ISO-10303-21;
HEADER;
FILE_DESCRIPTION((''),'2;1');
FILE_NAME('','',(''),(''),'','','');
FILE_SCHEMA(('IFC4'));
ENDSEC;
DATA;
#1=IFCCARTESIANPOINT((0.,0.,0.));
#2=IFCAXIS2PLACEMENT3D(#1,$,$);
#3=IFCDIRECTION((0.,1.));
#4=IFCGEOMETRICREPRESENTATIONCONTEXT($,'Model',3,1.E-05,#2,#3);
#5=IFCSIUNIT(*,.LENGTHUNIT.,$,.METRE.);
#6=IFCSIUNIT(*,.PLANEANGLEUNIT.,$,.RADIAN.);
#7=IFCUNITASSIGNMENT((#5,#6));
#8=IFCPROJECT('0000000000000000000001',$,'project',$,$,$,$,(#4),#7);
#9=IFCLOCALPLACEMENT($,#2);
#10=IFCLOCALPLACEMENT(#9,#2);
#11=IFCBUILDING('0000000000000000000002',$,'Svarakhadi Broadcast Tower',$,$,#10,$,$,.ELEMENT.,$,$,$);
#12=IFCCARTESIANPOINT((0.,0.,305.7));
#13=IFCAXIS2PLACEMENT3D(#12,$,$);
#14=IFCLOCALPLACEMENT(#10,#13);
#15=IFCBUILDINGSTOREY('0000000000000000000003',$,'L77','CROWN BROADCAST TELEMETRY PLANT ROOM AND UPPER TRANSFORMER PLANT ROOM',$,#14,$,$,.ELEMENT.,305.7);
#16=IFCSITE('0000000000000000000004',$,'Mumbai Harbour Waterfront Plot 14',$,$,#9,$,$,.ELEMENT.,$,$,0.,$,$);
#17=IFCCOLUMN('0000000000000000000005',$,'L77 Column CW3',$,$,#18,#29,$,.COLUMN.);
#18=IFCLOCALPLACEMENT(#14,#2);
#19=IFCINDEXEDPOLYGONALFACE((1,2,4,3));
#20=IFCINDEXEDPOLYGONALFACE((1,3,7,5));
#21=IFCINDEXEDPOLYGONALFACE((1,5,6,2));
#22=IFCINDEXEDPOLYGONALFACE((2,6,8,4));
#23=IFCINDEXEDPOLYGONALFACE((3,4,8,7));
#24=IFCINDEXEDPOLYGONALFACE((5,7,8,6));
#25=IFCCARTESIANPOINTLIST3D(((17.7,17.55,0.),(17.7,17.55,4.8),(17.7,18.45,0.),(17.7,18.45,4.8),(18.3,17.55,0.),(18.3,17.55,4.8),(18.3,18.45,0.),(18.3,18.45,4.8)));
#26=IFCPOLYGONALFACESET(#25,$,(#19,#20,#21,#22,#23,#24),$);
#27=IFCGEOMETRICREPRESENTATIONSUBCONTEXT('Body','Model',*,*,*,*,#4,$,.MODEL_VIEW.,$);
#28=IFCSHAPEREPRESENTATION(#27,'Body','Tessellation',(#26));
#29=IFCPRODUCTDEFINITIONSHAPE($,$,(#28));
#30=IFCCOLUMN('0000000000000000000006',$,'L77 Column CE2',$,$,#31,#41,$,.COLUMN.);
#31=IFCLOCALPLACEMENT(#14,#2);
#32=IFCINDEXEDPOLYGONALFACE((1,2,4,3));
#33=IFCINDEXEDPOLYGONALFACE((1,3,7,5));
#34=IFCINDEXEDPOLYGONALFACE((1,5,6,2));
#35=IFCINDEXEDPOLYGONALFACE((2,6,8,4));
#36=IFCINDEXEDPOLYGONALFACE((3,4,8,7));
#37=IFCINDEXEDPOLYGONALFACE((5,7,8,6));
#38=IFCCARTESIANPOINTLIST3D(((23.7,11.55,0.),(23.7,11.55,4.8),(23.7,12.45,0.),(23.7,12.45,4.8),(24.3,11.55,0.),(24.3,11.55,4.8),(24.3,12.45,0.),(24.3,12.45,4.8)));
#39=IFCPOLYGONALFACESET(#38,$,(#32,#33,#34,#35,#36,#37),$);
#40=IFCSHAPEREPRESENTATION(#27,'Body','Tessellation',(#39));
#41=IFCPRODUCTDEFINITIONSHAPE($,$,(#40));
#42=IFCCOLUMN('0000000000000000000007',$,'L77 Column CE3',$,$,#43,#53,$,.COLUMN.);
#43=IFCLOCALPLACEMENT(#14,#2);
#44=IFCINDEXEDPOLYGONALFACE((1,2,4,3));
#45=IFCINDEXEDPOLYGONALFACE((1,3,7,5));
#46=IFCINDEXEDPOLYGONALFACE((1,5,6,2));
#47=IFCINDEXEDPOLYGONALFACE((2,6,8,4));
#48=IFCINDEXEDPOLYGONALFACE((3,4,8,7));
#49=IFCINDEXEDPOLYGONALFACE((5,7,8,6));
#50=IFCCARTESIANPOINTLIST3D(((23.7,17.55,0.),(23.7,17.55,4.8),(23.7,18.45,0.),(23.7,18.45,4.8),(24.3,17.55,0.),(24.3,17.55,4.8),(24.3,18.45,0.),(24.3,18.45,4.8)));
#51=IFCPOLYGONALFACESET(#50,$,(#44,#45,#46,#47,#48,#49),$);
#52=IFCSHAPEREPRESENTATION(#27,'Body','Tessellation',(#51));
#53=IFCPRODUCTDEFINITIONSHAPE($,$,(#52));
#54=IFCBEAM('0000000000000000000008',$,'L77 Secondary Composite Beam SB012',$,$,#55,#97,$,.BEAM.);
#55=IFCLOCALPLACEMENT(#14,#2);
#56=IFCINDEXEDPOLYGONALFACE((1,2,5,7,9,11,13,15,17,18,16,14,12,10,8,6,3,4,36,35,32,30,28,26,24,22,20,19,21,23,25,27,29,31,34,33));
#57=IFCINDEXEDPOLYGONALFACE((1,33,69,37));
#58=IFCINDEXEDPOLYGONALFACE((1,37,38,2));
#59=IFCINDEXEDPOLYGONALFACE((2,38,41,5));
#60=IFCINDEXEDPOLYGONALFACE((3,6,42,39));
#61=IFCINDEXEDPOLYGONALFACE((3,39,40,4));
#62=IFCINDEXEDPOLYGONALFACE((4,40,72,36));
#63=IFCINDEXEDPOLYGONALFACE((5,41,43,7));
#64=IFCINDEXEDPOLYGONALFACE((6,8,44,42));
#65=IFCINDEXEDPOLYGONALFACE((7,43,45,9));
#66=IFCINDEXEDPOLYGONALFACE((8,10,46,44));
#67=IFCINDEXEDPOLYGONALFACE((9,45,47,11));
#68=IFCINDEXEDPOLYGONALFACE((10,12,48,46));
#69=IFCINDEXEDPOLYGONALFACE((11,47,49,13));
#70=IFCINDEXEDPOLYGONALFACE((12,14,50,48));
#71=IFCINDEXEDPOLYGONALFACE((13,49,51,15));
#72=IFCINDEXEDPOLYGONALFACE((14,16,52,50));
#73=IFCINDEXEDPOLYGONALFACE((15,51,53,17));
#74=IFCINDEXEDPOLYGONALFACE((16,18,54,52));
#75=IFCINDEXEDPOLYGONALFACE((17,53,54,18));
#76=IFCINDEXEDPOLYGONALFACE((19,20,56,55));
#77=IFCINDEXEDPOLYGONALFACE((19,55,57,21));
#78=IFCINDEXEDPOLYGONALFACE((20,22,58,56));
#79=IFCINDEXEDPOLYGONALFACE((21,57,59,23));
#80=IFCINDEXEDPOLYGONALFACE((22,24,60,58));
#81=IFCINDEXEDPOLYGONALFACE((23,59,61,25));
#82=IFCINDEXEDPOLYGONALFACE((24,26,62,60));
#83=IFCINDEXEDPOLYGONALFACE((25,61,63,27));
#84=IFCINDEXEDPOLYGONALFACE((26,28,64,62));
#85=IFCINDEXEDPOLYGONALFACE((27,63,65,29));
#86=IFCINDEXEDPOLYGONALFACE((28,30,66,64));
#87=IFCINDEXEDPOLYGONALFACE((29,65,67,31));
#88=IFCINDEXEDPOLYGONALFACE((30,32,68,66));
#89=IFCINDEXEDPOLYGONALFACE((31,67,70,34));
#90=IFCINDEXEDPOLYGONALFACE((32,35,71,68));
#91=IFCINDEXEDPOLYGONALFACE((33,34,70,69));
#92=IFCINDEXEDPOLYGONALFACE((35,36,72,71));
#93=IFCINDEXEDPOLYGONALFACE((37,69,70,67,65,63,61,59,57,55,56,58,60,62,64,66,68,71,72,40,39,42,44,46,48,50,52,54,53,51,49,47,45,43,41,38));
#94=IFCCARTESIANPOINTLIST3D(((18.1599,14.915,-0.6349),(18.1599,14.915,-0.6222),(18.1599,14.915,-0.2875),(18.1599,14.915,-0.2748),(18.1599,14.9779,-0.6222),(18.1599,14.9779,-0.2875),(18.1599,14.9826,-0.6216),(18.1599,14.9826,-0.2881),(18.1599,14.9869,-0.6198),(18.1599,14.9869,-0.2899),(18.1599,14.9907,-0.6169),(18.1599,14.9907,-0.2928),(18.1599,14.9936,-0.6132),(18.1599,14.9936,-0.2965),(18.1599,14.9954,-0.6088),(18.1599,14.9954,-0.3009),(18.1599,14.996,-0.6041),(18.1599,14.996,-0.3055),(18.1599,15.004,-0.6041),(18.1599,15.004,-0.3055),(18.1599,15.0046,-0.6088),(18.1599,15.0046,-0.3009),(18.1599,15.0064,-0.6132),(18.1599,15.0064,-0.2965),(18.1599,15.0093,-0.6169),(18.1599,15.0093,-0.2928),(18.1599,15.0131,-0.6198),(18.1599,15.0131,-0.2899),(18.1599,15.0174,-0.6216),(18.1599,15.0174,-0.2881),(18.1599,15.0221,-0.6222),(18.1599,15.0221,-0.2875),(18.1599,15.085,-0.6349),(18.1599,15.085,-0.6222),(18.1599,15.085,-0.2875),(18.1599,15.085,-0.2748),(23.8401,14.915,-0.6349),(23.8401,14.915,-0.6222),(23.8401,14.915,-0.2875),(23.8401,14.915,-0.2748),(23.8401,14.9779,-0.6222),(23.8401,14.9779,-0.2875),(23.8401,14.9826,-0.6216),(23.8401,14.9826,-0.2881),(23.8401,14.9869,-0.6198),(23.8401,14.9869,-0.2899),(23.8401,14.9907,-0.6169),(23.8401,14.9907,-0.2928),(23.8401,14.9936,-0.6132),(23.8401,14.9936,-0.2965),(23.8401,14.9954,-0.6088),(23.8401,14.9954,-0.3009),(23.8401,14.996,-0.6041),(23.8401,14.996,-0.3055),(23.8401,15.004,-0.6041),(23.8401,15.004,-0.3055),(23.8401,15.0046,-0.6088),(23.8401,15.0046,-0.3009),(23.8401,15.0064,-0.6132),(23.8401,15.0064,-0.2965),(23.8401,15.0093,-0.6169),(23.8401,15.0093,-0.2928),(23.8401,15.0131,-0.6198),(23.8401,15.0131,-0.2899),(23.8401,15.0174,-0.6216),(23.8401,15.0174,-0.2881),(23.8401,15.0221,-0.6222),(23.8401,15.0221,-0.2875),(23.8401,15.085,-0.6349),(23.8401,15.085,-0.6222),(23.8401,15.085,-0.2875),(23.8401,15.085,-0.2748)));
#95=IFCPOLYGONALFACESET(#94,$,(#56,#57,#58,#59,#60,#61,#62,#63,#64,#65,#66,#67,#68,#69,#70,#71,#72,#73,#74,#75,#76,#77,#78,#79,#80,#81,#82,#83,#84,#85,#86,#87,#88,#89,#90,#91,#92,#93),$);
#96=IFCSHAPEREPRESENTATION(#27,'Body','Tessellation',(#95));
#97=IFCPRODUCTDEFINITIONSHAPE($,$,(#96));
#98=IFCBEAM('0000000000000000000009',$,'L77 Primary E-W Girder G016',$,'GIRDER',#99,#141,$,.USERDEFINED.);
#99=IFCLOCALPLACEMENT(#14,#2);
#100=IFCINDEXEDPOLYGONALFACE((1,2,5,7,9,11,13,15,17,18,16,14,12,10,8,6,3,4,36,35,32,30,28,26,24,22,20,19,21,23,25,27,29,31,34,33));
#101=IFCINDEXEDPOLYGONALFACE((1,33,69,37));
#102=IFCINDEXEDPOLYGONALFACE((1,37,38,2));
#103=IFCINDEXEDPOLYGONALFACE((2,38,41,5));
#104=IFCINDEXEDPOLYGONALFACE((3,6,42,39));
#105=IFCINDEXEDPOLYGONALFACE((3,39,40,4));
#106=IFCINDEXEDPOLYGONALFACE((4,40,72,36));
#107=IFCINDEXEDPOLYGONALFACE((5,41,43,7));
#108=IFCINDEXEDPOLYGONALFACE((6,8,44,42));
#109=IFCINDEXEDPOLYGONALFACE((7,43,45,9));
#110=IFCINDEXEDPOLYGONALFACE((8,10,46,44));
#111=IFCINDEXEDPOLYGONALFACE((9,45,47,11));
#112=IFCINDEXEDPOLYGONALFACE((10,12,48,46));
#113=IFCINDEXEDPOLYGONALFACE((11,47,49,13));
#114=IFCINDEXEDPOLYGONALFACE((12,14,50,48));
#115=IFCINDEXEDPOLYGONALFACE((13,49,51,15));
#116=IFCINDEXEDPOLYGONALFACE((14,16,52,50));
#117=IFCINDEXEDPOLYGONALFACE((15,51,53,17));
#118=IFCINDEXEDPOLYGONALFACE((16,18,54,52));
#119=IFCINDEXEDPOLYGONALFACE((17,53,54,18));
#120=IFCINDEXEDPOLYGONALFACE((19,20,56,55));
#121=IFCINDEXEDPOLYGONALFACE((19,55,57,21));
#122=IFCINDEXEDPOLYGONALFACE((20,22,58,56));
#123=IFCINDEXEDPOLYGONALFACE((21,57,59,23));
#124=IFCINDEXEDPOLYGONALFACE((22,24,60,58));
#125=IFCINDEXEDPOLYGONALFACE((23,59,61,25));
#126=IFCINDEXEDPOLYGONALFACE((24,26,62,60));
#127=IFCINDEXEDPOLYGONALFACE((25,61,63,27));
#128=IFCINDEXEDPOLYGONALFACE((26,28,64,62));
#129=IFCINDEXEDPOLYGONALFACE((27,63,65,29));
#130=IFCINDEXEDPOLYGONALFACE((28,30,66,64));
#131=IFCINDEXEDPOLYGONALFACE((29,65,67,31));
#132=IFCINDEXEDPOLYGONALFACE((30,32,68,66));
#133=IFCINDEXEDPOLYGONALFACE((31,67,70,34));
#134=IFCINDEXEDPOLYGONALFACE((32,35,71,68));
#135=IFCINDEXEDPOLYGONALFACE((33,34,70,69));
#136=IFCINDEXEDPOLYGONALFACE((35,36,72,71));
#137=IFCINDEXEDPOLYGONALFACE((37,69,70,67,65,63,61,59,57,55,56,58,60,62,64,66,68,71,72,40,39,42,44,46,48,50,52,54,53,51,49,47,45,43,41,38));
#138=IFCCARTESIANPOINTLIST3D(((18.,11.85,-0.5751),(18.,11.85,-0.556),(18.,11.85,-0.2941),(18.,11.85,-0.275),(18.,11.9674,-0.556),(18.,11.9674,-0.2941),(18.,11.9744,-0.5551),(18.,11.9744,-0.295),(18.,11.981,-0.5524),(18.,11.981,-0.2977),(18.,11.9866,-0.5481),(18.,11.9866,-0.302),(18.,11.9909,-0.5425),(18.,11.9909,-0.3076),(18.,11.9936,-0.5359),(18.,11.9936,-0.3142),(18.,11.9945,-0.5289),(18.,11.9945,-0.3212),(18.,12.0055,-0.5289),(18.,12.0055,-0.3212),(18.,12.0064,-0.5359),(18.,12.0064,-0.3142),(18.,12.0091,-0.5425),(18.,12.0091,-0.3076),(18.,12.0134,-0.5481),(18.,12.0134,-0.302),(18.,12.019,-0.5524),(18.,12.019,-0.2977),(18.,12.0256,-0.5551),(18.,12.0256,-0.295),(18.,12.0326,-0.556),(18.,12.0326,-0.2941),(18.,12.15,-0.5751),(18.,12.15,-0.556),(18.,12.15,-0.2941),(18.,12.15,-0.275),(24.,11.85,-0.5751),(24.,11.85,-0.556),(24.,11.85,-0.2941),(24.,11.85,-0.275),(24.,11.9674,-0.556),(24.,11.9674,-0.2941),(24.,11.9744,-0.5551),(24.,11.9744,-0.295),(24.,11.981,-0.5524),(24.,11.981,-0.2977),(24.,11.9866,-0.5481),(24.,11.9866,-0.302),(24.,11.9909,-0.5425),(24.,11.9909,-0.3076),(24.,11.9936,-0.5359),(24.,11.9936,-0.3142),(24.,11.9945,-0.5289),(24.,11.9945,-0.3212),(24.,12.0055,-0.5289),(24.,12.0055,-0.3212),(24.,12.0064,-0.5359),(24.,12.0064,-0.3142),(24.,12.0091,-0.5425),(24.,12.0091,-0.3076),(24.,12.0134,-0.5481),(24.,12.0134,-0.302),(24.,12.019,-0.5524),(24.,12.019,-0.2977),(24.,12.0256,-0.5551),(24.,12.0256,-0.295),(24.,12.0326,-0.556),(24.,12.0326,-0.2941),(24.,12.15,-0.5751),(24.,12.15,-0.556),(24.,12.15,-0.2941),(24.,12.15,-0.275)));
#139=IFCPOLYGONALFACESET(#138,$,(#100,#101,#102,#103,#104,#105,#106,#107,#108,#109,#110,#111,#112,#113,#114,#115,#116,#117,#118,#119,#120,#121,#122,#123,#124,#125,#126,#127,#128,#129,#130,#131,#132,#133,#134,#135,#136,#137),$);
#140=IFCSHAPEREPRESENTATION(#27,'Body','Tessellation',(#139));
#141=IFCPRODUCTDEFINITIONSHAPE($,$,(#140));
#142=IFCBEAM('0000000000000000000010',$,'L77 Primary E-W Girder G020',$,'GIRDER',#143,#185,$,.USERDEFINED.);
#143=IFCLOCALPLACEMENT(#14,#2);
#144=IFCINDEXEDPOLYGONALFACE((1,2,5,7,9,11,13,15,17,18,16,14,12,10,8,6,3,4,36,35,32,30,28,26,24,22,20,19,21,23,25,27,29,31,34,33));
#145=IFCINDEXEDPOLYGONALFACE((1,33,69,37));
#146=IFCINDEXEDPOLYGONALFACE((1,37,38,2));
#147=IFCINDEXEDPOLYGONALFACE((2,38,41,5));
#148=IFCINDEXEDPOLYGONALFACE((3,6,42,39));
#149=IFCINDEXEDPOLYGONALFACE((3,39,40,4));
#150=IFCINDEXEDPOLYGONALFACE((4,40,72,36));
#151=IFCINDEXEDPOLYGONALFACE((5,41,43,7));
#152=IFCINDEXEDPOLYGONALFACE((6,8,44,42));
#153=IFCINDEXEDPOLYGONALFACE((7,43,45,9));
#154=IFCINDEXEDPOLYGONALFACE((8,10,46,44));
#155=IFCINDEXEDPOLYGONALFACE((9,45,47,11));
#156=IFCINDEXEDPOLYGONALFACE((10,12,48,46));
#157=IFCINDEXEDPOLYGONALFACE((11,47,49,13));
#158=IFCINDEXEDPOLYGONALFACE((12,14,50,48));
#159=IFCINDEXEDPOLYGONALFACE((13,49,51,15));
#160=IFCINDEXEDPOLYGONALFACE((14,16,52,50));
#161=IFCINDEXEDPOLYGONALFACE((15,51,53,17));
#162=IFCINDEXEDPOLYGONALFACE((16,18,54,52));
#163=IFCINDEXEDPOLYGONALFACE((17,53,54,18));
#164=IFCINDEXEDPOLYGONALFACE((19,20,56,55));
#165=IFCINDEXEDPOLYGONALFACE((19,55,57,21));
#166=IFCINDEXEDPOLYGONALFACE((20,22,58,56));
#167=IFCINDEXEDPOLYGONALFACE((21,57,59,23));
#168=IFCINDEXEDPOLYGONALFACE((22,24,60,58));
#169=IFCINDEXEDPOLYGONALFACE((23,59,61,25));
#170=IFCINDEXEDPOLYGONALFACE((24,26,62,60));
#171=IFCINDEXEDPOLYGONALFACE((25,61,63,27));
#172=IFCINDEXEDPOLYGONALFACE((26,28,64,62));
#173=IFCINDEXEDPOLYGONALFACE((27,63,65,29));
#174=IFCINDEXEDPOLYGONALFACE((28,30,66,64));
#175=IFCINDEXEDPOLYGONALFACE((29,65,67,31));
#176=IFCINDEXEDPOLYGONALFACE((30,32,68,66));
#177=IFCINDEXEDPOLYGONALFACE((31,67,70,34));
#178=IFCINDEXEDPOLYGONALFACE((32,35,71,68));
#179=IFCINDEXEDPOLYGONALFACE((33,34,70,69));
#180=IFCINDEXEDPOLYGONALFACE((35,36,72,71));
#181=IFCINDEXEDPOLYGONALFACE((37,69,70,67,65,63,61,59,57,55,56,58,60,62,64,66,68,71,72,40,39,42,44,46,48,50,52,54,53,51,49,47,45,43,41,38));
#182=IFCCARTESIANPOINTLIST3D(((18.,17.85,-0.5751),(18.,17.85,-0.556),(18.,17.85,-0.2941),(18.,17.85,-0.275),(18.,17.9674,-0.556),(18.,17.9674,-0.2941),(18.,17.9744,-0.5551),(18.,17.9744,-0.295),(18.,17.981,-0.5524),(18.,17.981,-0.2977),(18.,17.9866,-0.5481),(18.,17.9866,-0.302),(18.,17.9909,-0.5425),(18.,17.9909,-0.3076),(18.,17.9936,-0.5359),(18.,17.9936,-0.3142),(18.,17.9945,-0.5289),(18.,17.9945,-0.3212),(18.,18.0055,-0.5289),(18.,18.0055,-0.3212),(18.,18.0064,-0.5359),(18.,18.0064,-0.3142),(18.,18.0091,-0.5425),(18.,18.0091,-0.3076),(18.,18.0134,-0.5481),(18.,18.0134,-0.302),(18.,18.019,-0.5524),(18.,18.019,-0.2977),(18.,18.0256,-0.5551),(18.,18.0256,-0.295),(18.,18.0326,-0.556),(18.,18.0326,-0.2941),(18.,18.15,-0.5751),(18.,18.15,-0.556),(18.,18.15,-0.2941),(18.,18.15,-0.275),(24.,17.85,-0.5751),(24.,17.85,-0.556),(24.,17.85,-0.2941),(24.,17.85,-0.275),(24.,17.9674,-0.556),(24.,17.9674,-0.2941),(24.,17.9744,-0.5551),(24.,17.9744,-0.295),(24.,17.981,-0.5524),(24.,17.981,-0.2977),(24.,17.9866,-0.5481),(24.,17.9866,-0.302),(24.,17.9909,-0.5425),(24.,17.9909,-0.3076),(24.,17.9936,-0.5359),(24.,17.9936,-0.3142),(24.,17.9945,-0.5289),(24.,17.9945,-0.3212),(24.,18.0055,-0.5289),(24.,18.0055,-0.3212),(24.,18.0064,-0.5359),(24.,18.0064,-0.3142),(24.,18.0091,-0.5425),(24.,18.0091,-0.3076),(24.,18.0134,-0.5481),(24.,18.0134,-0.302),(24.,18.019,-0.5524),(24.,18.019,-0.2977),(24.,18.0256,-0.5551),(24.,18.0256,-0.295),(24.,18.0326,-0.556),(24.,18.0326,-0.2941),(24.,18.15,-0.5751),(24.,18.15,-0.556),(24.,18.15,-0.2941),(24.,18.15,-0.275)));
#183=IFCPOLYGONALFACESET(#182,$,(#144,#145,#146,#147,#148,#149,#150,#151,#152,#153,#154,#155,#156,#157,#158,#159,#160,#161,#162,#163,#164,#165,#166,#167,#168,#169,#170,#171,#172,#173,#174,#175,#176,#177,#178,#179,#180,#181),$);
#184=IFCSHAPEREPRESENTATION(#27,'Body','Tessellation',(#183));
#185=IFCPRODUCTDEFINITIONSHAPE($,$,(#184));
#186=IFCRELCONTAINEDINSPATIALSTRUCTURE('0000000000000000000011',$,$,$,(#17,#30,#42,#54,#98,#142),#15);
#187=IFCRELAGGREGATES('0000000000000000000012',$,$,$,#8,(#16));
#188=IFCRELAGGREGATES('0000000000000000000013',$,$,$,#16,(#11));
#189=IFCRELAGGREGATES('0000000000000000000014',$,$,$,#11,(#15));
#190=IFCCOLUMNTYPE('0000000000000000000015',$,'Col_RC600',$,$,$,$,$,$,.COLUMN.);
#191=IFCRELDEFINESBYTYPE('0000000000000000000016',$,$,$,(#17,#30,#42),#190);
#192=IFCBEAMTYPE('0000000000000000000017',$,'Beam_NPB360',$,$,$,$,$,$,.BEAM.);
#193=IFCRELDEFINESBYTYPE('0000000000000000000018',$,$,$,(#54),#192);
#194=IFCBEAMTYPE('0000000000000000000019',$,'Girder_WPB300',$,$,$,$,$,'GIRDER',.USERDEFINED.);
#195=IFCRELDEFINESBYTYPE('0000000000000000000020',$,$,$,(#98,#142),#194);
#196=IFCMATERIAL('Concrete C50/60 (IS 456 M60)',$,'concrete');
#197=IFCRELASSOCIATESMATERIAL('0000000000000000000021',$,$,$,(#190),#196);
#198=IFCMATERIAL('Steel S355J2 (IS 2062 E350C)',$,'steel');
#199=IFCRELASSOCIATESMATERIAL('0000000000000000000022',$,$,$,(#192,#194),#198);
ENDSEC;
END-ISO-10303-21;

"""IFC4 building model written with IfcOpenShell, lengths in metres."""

from ifc_helpers import new_model, si_unit, direction, frame, origin, origin_2d, place, context, subcontext, project, spatial, rectangle, i_section, extrude, material, material_profile, profile_set, type_object, element, save


model = new_model("IFC4")

# Units and contexts
model_context = context("Model", 3, precision=1e-05, world=origin(), true_north=direction((0.0, 1.0)))
body_context = subcontext(model_context, "Body", "Model", "MODEL_VIEW")
ifc_project = project(units=[si_unit("LENGTHUNIT", "METRE"), si_unit("PLANEANGLEUNIT", "RADIAN")], contexts=[model_context])

# Site, building, storey
site_placement = place(None, origin())
site = spatial("IfcSite", under=ifc_project, at=site_placement, Name="Mumbai Harbour Waterfront Plot 14", CompositionType="ELEMENT", RefElevation=0.0)
building_placement = place(site_placement, origin())
building = spatial("IfcBuilding", under=site, at=building_placement, Name="Svarakhadi Broadcast Tower", CompositionType="ELEMENT")
storey_placement = place(building_placement, frame((0.0, 0.0, 305.7)))
storey = spatial("IfcBuildingStorey", under=building, at=storey_placement, Name="L77", Description="CROWN BROADCAST TELEMETRY PLANT ROOM AND UPPER TRANSFORMER PLANT ROOM", CompositionType="ELEMENT", Elevation=305.7)

# Columns
ifc_material_1 = material(Name="Concrete C50/60 (IS 456 M60)", Category="concrete")
ifc_material_profile_1 = material_profile(ifc_material_1, rectangle(XDim=0.6001, YDim=0.8999, at=origin_2d()), Name="RC 600x900")
ifc_profile_set_1 = profile_set([ifc_material_profile_1], Name="Concrete C50/60 (IS 456 M60)")
column_type = type_object("IfcColumnType", Name="Col_RC600", PredefinedType="COLUMN", material=ifc_profile_set_1)
for number, where, z_axis, x_axis, name in (
    (1, (18.0, 18.0, 0.0), (0.0, 0.0, 1.0), (1.0, 0.0, 0.0), "L77 Column CW3"),
    (2, (24.0, 12.0, 0.0), (0.0, 0.0, 1.0), (1.0, 0.0, 0.0), "L77 Column CE2"),
    (3, (24.0, 18.0, 0.0), (0.0, 0.0, 1.0), (1.0, 0.0, 0.0), "L77 Column CE3"),
):
    element("IfcColumn", number, at=place(storey_placement, frame(where, z_axis=z_axis, x_axis=x_axis)), inside=storey, type_object=column_type, Name=name, PredefinedType="COLUMN", context=body_context, shape_type="SweptSolid", body=[
        extrude(rectangle(XDim=0.6001, YDim=0.8999, at=origin_2d()), origin(), (0.0, 0.0, 1.0), 4.8),
    ])

# Beams
ifc_material_2 = material(Name="Steel S355J2 (IS 2062 E350C)", Category="steel")
ifc_material_profile_2 = material_profile(ifc_material_2, i_section(OverallWidth=0.1699, OverallDepth=0.3601, WebThickness=0.0081, FlangeThickness=0.0127, FilletRadius=0.0181, at=origin_2d()), Name="NPB 360x170x57")
ifc_profile_set_2 = profile_set([ifc_material_profile_2], Name="Steel S355J2 (IS 2062 E350C)")
beam_type_1 = type_object("IfcBeamType", Name="Beam_NPB360", PredefinedType="BEAM", material=ifc_profile_set_2)
beam_placement = place(storey_placement, frame((18.1599, 15.0, -0.4548), z_axis=(1.0, 0.0, 0.0), x_axis=(0.0, 1.0, 0.0)))
element("IfcBeam", 4, at=beam_placement, inside=storey, type_object=beam_type_1, Name="L77 Secondary Composite Beam SB012", PredefinedType="BEAM", context=body_context, shape_type="SweptSolid", body=[
    extrude(i_section(OverallWidth=0.1699, OverallDepth=0.3601, WebThickness=0.0081, FlangeThickness=0.0127, FilletRadius=0.0181, at=origin_2d()), origin(), (0.0, 0.0, 1.0), 5.6802),
])
ifc_material_profile_3 = material_profile(ifc_material_2, i_section(OverallWidth=0.3, OverallDepth=0.3, WebThickness=0.011, FlangeThickness=0.019, FilletRadius=0.0271, at=origin_2d()), Name="WPB 300x300x117")
ifc_profile_set_3 = profile_set([ifc_material_profile_3], Name="Steel S355J2 (IS 2062 E350C)")
beam_type_2 = type_object("IfcBeamType", Name="Girder_WPB300", ElementType="GIRDER", PredefinedType="USERDEFINED", material=ifc_profile_set_3)
for number, where, z_axis, x_axis, name in (
    (5, (18.0, 12.0, -0.425), (1.0, 0.0, 0.0), (0.0, 1.0, 0.0), "L77 Primary E-W Girder G016"),
    (6, (18.0, 18.0, -0.425), (1.0, 0.0, 0.0), (0.0, 1.0, 0.0), "L77 Primary E-W Girder G020"),
):
    element("IfcBeam", number, at=place(storey_placement, frame(where, z_axis=z_axis, x_axis=x_axis)), inside=storey, type_object=beam_type_2, Name=name, ObjectType="GIRDER", PredefinedType="USERDEFINED", context=body_context, shape_type="SweptSolid", body=[
        extrude(i_section(OverallWidth=0.3, OverallDepth=0.3, WebThickness=0.011, FlangeThickness=0.019, FilletRadius=0.0271, at=origin_2d()), origin(), (0.0, 0.0, 1.0), 6.0),
    ])

save(model, "model.ifc")
